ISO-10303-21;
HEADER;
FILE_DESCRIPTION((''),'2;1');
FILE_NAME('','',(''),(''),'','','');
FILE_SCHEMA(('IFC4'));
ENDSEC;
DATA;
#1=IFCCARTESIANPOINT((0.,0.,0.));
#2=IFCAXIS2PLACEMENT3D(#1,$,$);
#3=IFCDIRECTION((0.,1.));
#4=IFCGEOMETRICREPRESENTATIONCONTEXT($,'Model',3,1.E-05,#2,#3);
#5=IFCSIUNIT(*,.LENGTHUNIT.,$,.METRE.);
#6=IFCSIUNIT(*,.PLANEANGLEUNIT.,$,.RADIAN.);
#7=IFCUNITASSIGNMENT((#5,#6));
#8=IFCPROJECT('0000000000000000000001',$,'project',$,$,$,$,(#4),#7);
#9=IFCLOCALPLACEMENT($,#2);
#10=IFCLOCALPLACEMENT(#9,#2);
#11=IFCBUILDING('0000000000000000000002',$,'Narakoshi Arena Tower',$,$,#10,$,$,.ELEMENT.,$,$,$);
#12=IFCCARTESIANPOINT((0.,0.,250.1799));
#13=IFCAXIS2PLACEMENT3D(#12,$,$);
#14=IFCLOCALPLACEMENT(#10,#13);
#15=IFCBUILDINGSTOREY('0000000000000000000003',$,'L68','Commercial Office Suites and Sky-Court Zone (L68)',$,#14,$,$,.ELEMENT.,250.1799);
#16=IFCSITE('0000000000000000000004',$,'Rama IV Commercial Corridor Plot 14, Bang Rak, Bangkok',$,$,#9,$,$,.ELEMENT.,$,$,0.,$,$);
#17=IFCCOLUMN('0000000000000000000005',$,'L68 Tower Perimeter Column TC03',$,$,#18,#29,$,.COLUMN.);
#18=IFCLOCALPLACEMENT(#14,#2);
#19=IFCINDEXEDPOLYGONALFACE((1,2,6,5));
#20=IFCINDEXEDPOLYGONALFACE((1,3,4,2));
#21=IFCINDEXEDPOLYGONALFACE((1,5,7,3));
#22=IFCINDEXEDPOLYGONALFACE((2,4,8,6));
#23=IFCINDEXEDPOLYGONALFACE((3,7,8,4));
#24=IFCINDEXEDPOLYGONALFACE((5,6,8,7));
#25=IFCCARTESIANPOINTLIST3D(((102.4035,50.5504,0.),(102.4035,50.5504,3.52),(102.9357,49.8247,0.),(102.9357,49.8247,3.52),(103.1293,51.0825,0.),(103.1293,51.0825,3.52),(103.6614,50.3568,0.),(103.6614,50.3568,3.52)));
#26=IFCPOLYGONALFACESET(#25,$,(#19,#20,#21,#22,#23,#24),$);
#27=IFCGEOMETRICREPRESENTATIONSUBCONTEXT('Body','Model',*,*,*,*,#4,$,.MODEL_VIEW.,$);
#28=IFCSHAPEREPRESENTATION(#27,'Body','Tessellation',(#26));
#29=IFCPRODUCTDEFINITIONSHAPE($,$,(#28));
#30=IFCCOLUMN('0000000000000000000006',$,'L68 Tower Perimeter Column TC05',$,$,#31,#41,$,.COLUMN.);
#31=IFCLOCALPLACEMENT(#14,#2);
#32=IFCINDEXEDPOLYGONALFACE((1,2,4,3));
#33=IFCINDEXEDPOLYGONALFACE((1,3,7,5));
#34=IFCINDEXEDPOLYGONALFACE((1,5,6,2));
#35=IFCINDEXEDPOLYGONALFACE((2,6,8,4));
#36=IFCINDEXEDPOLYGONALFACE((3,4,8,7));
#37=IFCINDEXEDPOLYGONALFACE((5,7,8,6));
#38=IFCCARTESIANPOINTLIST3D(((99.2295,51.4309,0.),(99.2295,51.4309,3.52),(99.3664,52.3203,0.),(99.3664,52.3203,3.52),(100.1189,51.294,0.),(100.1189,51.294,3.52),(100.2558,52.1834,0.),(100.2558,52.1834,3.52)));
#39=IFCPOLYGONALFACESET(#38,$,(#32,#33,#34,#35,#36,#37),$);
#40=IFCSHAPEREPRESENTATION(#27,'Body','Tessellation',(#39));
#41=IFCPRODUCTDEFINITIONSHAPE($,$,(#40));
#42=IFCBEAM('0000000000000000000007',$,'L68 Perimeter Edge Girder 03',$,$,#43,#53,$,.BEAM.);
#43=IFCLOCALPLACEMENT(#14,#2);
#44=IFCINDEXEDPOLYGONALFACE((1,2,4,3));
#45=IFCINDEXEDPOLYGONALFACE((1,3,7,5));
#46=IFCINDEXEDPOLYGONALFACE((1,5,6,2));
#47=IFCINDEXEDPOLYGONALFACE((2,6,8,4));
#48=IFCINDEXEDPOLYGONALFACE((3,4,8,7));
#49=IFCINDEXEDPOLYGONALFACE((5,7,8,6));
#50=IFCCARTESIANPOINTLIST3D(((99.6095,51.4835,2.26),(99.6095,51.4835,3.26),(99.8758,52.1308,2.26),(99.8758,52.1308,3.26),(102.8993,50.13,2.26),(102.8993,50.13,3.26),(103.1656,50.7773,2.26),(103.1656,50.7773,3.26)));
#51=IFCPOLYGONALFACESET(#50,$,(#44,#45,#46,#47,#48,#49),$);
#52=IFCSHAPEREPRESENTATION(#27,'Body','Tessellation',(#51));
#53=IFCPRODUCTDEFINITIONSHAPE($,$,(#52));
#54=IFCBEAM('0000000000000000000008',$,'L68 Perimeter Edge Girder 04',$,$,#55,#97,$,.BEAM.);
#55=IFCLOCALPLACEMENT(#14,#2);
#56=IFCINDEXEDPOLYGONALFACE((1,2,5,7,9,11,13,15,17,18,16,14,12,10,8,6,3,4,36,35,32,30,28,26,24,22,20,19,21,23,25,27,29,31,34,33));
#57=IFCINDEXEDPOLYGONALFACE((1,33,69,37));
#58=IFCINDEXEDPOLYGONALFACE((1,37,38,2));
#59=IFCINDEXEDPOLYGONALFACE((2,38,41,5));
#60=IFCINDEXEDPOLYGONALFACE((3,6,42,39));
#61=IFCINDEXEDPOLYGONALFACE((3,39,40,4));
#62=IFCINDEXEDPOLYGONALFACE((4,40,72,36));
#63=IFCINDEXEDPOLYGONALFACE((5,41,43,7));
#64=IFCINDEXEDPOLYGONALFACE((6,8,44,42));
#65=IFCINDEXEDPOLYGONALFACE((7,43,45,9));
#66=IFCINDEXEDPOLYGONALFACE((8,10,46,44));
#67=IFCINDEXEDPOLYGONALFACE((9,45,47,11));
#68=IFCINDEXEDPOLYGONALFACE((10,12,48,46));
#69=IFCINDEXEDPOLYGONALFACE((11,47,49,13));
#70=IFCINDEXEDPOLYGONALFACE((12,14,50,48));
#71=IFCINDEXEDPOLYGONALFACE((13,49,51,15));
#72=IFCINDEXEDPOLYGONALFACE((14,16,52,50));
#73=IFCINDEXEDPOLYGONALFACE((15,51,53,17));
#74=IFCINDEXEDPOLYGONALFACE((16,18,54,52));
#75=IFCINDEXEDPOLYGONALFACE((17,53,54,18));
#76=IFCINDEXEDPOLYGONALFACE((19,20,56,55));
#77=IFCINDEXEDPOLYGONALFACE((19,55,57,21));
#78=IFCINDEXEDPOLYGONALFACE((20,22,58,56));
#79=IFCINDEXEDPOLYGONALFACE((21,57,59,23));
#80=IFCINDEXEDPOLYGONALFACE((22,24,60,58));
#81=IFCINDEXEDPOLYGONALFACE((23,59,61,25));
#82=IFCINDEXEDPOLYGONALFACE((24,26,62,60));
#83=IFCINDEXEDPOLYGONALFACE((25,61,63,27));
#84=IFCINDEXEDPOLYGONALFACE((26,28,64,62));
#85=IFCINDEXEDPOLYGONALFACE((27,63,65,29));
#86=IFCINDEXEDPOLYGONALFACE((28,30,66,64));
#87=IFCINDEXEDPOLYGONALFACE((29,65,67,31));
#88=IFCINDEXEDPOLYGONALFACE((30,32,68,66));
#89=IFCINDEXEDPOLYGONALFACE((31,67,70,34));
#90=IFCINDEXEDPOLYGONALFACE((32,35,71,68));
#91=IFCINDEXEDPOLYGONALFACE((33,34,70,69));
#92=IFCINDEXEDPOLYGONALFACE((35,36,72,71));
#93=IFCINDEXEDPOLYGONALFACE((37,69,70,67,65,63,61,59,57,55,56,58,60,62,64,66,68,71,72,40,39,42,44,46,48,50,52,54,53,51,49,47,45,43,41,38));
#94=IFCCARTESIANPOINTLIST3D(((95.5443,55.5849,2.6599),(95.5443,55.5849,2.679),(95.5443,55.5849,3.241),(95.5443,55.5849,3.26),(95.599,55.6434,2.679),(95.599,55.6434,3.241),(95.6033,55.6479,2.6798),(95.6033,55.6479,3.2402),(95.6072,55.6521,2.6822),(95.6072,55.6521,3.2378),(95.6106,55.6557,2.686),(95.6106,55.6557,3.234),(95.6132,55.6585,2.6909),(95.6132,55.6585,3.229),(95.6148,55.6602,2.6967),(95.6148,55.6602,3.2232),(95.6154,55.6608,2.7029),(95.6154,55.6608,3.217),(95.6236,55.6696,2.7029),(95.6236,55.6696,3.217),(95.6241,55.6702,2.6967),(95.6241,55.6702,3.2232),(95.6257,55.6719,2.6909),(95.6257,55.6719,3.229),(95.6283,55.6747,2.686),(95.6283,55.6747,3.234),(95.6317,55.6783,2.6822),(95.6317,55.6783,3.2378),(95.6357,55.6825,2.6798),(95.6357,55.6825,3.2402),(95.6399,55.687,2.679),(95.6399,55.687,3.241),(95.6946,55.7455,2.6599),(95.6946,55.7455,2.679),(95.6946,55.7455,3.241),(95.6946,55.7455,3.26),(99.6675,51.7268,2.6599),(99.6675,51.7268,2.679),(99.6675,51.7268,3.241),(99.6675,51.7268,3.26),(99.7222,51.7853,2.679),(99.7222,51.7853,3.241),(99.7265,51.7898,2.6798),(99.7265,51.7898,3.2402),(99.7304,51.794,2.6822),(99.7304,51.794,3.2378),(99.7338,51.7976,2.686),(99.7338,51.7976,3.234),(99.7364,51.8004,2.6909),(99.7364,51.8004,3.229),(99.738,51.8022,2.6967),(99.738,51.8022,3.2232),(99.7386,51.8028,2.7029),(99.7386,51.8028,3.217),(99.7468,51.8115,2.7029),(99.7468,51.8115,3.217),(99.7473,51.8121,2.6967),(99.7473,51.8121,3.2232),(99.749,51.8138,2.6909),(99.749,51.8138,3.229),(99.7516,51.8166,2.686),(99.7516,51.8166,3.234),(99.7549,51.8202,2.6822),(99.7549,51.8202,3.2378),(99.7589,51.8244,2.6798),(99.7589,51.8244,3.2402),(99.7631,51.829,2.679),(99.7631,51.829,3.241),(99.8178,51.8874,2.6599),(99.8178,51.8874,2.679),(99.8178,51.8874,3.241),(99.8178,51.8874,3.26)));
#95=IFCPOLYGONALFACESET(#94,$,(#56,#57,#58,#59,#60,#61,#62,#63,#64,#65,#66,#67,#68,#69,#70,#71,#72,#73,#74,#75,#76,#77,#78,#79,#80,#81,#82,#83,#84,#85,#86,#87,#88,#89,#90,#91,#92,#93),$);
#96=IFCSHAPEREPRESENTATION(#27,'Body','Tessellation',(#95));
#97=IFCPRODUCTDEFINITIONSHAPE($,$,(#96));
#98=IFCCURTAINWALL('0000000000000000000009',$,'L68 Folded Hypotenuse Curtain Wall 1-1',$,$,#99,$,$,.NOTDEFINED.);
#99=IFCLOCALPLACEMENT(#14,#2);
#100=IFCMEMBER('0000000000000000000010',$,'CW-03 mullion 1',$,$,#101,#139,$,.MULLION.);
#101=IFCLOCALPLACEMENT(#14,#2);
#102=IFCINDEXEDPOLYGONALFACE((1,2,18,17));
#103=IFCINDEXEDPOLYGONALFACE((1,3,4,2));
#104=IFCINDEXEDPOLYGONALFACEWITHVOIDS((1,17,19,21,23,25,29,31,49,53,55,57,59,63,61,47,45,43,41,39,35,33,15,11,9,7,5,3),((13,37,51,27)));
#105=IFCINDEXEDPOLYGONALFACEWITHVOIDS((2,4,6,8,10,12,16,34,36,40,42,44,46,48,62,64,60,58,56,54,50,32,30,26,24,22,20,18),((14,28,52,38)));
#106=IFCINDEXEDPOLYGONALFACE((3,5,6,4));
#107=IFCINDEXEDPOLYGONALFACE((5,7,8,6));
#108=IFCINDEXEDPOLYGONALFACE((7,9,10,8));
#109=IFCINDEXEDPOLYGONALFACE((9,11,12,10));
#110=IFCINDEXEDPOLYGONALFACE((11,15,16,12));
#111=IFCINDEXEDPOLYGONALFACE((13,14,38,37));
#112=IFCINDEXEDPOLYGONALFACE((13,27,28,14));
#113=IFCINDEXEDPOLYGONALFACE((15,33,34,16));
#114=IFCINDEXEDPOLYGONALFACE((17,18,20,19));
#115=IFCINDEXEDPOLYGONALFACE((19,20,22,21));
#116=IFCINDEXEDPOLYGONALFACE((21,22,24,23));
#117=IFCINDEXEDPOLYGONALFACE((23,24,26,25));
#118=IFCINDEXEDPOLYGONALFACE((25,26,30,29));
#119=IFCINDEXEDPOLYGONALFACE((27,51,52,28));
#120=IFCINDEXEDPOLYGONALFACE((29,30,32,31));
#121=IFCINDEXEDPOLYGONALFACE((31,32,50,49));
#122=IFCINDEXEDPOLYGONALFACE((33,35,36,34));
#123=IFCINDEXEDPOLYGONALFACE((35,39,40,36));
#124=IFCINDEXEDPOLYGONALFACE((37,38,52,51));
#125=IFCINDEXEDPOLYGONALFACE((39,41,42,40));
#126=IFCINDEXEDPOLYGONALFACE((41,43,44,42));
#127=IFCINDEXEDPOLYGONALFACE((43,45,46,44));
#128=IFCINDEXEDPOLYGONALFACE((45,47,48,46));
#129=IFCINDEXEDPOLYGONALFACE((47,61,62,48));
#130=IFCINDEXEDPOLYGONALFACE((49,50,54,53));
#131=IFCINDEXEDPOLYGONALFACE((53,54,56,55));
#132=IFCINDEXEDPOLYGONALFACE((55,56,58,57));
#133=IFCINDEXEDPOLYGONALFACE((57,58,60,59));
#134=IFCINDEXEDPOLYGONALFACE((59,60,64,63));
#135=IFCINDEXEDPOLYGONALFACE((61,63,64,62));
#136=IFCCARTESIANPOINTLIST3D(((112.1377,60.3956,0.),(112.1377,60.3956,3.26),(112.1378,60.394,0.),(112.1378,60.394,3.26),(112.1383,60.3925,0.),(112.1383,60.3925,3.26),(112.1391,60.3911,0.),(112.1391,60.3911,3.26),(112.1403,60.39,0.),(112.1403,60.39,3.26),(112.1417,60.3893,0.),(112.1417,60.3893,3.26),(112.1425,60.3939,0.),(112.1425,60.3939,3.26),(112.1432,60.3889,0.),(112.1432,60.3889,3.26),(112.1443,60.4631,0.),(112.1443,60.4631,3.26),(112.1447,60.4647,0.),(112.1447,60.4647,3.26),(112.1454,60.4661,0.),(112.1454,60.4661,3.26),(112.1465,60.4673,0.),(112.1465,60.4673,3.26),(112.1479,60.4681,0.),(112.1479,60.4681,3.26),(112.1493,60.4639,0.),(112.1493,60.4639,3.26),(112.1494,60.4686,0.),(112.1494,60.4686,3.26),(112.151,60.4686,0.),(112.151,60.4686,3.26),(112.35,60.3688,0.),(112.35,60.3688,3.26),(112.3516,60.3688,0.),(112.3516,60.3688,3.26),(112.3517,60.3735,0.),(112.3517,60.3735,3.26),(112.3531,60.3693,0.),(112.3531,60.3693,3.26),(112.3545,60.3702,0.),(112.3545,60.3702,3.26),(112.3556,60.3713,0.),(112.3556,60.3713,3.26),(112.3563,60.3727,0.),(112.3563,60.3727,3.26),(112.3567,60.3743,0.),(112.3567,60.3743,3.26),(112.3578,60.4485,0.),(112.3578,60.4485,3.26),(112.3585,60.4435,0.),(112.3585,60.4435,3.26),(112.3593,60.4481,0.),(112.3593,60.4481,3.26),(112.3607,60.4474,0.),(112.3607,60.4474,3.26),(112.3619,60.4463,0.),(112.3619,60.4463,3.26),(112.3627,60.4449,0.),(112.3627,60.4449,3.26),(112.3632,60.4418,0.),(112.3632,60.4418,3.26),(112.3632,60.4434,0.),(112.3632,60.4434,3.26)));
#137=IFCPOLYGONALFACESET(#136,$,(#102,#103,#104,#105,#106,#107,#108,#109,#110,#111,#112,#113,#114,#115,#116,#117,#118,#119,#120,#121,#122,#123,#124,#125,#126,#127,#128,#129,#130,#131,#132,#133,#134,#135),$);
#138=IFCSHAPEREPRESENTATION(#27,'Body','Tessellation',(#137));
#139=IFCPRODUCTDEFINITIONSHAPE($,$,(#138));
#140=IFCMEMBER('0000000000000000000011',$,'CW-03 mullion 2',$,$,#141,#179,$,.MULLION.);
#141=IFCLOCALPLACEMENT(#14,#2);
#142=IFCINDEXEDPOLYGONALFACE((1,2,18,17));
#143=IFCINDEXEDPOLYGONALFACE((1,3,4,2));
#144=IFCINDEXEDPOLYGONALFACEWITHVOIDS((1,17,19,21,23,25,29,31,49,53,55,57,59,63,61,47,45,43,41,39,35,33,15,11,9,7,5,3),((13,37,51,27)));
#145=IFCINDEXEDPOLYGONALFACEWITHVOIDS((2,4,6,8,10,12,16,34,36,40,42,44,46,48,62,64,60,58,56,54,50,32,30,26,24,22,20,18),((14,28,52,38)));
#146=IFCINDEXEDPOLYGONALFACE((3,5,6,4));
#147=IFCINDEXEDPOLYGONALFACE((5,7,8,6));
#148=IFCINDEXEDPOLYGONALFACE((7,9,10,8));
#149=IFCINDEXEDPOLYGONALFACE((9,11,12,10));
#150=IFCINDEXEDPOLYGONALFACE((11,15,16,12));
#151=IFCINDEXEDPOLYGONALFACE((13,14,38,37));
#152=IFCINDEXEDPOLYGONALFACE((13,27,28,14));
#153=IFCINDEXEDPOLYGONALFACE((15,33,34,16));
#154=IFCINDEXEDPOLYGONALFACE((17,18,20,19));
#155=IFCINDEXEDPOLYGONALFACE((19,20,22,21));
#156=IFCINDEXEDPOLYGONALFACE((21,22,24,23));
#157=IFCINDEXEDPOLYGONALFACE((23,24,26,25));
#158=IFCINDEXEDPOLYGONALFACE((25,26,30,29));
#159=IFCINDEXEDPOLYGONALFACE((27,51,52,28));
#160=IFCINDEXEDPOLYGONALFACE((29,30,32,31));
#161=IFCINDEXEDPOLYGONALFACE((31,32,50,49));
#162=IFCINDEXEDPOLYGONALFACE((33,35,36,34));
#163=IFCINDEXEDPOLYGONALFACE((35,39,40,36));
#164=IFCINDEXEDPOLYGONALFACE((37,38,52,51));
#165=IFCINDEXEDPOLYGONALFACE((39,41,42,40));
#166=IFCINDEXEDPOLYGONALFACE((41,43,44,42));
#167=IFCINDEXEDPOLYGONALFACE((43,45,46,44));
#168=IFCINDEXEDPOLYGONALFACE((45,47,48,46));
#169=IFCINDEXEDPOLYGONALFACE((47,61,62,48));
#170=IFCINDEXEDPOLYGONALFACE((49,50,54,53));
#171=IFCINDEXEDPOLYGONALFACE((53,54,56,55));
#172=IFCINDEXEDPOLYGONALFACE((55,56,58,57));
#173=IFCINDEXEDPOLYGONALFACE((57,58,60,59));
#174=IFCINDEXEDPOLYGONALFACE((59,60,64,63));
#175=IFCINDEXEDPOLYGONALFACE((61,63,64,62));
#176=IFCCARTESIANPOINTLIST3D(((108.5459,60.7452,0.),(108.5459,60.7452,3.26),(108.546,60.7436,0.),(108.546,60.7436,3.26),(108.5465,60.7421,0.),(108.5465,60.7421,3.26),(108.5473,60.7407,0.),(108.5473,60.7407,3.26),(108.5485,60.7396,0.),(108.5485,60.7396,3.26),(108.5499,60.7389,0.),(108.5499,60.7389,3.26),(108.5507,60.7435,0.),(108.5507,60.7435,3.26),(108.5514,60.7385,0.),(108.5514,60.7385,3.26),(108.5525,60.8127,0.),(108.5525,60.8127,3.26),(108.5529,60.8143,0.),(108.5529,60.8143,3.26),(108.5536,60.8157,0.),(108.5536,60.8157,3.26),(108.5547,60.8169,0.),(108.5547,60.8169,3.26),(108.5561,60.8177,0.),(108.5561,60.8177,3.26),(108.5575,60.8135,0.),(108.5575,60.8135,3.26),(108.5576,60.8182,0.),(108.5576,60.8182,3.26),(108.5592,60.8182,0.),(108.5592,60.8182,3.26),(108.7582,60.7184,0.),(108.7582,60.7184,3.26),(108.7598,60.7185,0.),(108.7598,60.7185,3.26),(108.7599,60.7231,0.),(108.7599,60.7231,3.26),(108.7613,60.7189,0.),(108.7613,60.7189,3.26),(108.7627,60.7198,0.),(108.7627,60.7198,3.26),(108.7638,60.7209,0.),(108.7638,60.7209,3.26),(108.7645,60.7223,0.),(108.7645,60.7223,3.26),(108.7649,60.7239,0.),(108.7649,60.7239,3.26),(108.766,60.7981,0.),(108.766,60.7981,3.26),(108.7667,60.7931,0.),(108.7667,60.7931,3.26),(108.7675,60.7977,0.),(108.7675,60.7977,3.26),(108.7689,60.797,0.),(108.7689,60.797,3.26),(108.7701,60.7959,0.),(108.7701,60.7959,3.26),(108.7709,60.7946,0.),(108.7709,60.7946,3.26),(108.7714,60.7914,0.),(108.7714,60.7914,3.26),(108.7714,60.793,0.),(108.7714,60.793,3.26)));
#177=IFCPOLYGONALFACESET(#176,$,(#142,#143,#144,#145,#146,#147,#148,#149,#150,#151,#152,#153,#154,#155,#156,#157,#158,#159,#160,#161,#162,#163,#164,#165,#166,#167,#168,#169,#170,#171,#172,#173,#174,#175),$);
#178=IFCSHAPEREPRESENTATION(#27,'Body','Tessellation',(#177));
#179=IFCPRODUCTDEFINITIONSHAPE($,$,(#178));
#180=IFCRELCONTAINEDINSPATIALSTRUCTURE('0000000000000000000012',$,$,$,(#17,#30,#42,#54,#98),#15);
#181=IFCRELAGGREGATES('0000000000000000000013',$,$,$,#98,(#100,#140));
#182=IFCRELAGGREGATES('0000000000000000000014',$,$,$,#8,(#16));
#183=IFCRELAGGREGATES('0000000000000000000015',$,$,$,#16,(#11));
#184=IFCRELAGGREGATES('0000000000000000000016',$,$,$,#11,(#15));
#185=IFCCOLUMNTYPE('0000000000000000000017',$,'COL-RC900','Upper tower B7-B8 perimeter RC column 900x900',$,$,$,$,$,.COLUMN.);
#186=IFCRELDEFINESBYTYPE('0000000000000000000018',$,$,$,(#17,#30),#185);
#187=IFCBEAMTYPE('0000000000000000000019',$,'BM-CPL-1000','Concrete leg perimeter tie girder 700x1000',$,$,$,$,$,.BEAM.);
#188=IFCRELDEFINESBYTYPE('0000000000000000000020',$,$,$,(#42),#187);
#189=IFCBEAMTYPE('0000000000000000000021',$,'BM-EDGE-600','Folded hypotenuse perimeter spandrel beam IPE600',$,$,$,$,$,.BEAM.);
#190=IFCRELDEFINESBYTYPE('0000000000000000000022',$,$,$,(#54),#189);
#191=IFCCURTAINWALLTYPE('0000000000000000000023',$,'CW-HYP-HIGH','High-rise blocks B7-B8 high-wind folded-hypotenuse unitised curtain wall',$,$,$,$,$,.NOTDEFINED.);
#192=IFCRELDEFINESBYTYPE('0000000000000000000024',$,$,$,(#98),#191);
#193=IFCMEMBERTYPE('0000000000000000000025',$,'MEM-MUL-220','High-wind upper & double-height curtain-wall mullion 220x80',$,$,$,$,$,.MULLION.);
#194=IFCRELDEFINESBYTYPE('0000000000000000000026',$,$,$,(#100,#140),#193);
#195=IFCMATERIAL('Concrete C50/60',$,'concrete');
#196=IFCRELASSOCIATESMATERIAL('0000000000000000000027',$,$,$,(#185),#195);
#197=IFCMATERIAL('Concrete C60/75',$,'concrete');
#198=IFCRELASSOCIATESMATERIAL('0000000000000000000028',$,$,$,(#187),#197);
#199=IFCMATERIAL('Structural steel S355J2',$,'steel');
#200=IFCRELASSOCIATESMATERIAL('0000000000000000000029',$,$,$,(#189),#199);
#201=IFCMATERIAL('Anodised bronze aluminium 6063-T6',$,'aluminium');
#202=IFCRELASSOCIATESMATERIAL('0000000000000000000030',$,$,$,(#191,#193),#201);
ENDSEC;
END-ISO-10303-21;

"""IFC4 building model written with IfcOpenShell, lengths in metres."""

from ifc_helpers import new_model, si_unit, direction, frame, origin, origin_2d, place, context, subcontext, project, spatial, rectangle, hollow_rectangle, i_section, extrude, material, material_profile, profile_set, type_object, element, aggregate, save


model = new_model("IFC4")

# Units and contexts
model_context = context("Model", 3, precision=1e-05, world=origin(), true_north=direction((0.0, 1.0)))
body_context = subcontext(model_context, "Body", "Model", "MODEL_VIEW")
ifc_project = project(units=[si_unit("LENGTHUNIT", "METRE"), si_unit("PLANEANGLEUNIT", "RADIAN")], contexts=[model_context])

# Site, building, storey
site_placement = place(None, origin())
site = spatial("IfcSite", under=ifc_project, at=site_placement, Name="Rama IV Commercial Corridor Plot 14, Bang Rak, Bangkok", CompositionType="ELEMENT", RefElevation=0.0)
building_placement = place(site_placement, origin())
building = spatial("IfcBuilding", under=site, at=building_placement, Name="Narakoshi Arena Tower", CompositionType="ELEMENT")
storey_placement = place(building_placement, frame((0.0, 0.0, 250.1799)))
storey = spatial("IfcBuildingStorey", under=building, at=storey_placement, Name="L68", Description="Commercial Office Suites and Sky-Court Zone (L68)", CompositionType="ELEMENT", Elevation=250.1799)

# Columns
ifc_material_1 = material(Name="Concrete C50/60", Category="concrete")
ifc_material_profile_1 = material_profile(ifc_material_1, rectangle(XDim=0.8999, YDim=0.8999, at=origin_2d()), Name="RC900x900")
ifc_profile_set_1 = profile_set([ifc_material_profile_1], Name="Concrete C50/60")
column_type = type_object("IfcColumnType", Name="COL-RC900", Description="Upper tower B7-B8 perimeter RC column 900x900", PredefinedType="COLUMN", material=ifc_profile_set_1)
for number, where, z_axis, x_axis, name in (
    (1, (103.0325, 50.4536, 0.0), (0.0, 0.0, 1.0), (0.806445, 0.59131, 0.0), "L68 Tower Perimeter Column TC03"),
    (2, (99.7427, 51.8071, 0.0), (0.0, 0.0, 1.0), (0.152123, 0.988362, 0.0), "L68 Tower Perimeter Column TC05"),
):
    element("IfcColumn", number, at=place(storey_placement, frame(where, z_axis=z_axis, x_axis=x_axis)), inside=storey, type_object=column_type, Name=name, PredefinedType="COLUMN", context=body_context, shape_type="SweptSolid", body=[
        extrude(rectangle(XDim=0.8999, YDim=0.8999, at=origin_2d()), origin(), (0.0, 0.0, 1.0), 3.52),
    ])

# Beams
ifc_material_2 = material(Name="Concrete C60/75", Category="concrete")
ifc_material_profile_2 = material_profile(ifc_material_2, rectangle(XDim=0.7, YDim=1.0, at=origin_2d()), Name="RCB700x1000")
ifc_profile_set_2 = profile_set([ifc_material_profile_2], Name="Concrete C60/75")
beam_type_1 = type_object("IfcBeamType", Name="BM-CPL-1000", Description="Concrete leg perimeter tie girder 700x1000", PredefinedType="BEAM", material=ifc_profile_set_2)
beam_1_placement = place(storey_placement, frame((103.0325, 50.4536, 2.76), z_axis=(-0.924788, 0.380484, 0.0), x_axis=(-0.380484, -0.924788, 0.0)))
element("IfcBeam", 3, at=beam_1_placement, inside=storey, type_object=beam_type_1, Name="L68 Perimeter Edge Girder 03", PredefinedType="BEAM", context=body_context, shape_type="SweptSolid", body=[
    extrude(rectangle(XDim=0.7, YDim=1.0, at=origin_2d()), origin(), (0.0, 0.0, 1.0), 3.5574),
])
ifc_material_3 = material(Name="Structural steel S355J2", Category="steel")
ifc_material_profile_3 = material_profile(ifc_material_3, i_section(OverallWidth=0.22, OverallDepth=0.6001, WebThickness=0.012, FlangeThickness=0.019, FilletRadius=0.0239, at=origin_2d()), Name="IPE600")
ifc_profile_set_3 = profile_set([ifc_material_profile_3], Name="Structural steel S355J2")
beam_type_2 = type_object("IfcBeamType", Name="BM-EDGE-600", Description="Folded hypotenuse perimeter spandrel beam IPE600", PredefinedType="BEAM", material=ifc_profile_set_3)
beam_2_placement = place(storey_placement, frame((99.7427, 51.8071, 2.96), z_axis=(-0.730193, 0.68324, 0.0), x_axis=(-0.68324, -0.730193, 0.0)))
element("IfcBeam", 4, at=beam_2_placement, inside=storey, type_object=beam_type_2, Name="L68 Perimeter Edge Girder 04", PredefinedType="BEAM", context=body_context, shape_type="SweptSolid", body=[
    extrude(i_section(OverallWidth=0.22, OverallDepth=0.6001, WebThickness=0.012, FlangeThickness=0.019, FilletRadius=0.0239, at=origin_2d()), origin(), (0.0, 0.0, 1.0), 5.6467),
])

# Curtain wall, members
ifc_material_4 = material(Name="Anodised bronze aluminium 6063-T6", Category="aluminium")
curtain_wall_type = type_object("IfcCurtainWallType", Name="CW-HYP-HIGH", Description="High-rise blocks B7-B8 high-wind folded-hypotenuse unitised curtain wall", PredefinedType="NOTDEFINED", material=ifc_material_4)
curtain_wall_placement = place(storey_placement, origin())
curtain_wall = element("IfcCurtainWall", 5, at=curtain_wall_placement, inside=storey, type_object=curtain_wall_type, Name="L68 Folded Hypotenuse Curtain Wall 1-1", PredefinedType="NOTDEFINED")
ifc_material_profile_4 = material_profile(ifc_material_4, hollow_rectangle(XDim=0.0801, YDim=0.22, WallThickness=0.0049, OuterFilletRadius=0.0061, at=origin_2d()), Name="MUL220x80x5")
ifc_profile_set_4 = profile_set([ifc_material_profile_4], Name="Anodised bronze aluminium 6063-T6")
member_type_1 = type_object("IfcMemberType", Name="MEM-MUL-220", Description="High-wind upper & double-height curtain-wall mullion 220x80", PredefinedType="MULLION", material=ifc_profile_set_4)
member_1_placement = place(storey_placement, frame((112.2505, 60.4187, 0.0), z_axis=(0.0, 0.0, 1.0), x_axis=(-0.096851, -0.995299, 0.0)))
member_1 = element("IfcMember", 6, at=member_1_placement, type_object=member_type_1, Name="CW-03 mullion 1", PredefinedType="MULLION", context=body_context, shape_type="SweptSolid", body=[
    extrude(hollow_rectangle(XDim=0.0801, YDim=0.22, WallThickness=0.0049, OuterFilletRadius=0.0061, at=origin_2d()), origin(), (0.0, 0.0, 1.0), 3.26),
])
member_2_placement = place(storey_placement, frame((108.6587, 60.7683, 0.0), z_axis=(0.0, 0.0, 1.0), x_axis=(-0.096851, -0.995299, 0.0)))
member_2 = element("IfcMember", 7, at=member_2_placement, type_object=member_type_1, Name="CW-03 mullion 2", PredefinedType="MULLION", context=body_context, shape_type="SweptSolid", body=[
    extrude(hollow_rectangle(XDim=0.0801, YDim=0.22, WallThickness=0.0049, OuterFilletRadius=0.0061, at=origin_2d()), origin(), (0.0, 0.0, 1.0), 3.26),
])
aggregate(curtain_wall, [member_1, member_2])

save(model, "model.ifc")
